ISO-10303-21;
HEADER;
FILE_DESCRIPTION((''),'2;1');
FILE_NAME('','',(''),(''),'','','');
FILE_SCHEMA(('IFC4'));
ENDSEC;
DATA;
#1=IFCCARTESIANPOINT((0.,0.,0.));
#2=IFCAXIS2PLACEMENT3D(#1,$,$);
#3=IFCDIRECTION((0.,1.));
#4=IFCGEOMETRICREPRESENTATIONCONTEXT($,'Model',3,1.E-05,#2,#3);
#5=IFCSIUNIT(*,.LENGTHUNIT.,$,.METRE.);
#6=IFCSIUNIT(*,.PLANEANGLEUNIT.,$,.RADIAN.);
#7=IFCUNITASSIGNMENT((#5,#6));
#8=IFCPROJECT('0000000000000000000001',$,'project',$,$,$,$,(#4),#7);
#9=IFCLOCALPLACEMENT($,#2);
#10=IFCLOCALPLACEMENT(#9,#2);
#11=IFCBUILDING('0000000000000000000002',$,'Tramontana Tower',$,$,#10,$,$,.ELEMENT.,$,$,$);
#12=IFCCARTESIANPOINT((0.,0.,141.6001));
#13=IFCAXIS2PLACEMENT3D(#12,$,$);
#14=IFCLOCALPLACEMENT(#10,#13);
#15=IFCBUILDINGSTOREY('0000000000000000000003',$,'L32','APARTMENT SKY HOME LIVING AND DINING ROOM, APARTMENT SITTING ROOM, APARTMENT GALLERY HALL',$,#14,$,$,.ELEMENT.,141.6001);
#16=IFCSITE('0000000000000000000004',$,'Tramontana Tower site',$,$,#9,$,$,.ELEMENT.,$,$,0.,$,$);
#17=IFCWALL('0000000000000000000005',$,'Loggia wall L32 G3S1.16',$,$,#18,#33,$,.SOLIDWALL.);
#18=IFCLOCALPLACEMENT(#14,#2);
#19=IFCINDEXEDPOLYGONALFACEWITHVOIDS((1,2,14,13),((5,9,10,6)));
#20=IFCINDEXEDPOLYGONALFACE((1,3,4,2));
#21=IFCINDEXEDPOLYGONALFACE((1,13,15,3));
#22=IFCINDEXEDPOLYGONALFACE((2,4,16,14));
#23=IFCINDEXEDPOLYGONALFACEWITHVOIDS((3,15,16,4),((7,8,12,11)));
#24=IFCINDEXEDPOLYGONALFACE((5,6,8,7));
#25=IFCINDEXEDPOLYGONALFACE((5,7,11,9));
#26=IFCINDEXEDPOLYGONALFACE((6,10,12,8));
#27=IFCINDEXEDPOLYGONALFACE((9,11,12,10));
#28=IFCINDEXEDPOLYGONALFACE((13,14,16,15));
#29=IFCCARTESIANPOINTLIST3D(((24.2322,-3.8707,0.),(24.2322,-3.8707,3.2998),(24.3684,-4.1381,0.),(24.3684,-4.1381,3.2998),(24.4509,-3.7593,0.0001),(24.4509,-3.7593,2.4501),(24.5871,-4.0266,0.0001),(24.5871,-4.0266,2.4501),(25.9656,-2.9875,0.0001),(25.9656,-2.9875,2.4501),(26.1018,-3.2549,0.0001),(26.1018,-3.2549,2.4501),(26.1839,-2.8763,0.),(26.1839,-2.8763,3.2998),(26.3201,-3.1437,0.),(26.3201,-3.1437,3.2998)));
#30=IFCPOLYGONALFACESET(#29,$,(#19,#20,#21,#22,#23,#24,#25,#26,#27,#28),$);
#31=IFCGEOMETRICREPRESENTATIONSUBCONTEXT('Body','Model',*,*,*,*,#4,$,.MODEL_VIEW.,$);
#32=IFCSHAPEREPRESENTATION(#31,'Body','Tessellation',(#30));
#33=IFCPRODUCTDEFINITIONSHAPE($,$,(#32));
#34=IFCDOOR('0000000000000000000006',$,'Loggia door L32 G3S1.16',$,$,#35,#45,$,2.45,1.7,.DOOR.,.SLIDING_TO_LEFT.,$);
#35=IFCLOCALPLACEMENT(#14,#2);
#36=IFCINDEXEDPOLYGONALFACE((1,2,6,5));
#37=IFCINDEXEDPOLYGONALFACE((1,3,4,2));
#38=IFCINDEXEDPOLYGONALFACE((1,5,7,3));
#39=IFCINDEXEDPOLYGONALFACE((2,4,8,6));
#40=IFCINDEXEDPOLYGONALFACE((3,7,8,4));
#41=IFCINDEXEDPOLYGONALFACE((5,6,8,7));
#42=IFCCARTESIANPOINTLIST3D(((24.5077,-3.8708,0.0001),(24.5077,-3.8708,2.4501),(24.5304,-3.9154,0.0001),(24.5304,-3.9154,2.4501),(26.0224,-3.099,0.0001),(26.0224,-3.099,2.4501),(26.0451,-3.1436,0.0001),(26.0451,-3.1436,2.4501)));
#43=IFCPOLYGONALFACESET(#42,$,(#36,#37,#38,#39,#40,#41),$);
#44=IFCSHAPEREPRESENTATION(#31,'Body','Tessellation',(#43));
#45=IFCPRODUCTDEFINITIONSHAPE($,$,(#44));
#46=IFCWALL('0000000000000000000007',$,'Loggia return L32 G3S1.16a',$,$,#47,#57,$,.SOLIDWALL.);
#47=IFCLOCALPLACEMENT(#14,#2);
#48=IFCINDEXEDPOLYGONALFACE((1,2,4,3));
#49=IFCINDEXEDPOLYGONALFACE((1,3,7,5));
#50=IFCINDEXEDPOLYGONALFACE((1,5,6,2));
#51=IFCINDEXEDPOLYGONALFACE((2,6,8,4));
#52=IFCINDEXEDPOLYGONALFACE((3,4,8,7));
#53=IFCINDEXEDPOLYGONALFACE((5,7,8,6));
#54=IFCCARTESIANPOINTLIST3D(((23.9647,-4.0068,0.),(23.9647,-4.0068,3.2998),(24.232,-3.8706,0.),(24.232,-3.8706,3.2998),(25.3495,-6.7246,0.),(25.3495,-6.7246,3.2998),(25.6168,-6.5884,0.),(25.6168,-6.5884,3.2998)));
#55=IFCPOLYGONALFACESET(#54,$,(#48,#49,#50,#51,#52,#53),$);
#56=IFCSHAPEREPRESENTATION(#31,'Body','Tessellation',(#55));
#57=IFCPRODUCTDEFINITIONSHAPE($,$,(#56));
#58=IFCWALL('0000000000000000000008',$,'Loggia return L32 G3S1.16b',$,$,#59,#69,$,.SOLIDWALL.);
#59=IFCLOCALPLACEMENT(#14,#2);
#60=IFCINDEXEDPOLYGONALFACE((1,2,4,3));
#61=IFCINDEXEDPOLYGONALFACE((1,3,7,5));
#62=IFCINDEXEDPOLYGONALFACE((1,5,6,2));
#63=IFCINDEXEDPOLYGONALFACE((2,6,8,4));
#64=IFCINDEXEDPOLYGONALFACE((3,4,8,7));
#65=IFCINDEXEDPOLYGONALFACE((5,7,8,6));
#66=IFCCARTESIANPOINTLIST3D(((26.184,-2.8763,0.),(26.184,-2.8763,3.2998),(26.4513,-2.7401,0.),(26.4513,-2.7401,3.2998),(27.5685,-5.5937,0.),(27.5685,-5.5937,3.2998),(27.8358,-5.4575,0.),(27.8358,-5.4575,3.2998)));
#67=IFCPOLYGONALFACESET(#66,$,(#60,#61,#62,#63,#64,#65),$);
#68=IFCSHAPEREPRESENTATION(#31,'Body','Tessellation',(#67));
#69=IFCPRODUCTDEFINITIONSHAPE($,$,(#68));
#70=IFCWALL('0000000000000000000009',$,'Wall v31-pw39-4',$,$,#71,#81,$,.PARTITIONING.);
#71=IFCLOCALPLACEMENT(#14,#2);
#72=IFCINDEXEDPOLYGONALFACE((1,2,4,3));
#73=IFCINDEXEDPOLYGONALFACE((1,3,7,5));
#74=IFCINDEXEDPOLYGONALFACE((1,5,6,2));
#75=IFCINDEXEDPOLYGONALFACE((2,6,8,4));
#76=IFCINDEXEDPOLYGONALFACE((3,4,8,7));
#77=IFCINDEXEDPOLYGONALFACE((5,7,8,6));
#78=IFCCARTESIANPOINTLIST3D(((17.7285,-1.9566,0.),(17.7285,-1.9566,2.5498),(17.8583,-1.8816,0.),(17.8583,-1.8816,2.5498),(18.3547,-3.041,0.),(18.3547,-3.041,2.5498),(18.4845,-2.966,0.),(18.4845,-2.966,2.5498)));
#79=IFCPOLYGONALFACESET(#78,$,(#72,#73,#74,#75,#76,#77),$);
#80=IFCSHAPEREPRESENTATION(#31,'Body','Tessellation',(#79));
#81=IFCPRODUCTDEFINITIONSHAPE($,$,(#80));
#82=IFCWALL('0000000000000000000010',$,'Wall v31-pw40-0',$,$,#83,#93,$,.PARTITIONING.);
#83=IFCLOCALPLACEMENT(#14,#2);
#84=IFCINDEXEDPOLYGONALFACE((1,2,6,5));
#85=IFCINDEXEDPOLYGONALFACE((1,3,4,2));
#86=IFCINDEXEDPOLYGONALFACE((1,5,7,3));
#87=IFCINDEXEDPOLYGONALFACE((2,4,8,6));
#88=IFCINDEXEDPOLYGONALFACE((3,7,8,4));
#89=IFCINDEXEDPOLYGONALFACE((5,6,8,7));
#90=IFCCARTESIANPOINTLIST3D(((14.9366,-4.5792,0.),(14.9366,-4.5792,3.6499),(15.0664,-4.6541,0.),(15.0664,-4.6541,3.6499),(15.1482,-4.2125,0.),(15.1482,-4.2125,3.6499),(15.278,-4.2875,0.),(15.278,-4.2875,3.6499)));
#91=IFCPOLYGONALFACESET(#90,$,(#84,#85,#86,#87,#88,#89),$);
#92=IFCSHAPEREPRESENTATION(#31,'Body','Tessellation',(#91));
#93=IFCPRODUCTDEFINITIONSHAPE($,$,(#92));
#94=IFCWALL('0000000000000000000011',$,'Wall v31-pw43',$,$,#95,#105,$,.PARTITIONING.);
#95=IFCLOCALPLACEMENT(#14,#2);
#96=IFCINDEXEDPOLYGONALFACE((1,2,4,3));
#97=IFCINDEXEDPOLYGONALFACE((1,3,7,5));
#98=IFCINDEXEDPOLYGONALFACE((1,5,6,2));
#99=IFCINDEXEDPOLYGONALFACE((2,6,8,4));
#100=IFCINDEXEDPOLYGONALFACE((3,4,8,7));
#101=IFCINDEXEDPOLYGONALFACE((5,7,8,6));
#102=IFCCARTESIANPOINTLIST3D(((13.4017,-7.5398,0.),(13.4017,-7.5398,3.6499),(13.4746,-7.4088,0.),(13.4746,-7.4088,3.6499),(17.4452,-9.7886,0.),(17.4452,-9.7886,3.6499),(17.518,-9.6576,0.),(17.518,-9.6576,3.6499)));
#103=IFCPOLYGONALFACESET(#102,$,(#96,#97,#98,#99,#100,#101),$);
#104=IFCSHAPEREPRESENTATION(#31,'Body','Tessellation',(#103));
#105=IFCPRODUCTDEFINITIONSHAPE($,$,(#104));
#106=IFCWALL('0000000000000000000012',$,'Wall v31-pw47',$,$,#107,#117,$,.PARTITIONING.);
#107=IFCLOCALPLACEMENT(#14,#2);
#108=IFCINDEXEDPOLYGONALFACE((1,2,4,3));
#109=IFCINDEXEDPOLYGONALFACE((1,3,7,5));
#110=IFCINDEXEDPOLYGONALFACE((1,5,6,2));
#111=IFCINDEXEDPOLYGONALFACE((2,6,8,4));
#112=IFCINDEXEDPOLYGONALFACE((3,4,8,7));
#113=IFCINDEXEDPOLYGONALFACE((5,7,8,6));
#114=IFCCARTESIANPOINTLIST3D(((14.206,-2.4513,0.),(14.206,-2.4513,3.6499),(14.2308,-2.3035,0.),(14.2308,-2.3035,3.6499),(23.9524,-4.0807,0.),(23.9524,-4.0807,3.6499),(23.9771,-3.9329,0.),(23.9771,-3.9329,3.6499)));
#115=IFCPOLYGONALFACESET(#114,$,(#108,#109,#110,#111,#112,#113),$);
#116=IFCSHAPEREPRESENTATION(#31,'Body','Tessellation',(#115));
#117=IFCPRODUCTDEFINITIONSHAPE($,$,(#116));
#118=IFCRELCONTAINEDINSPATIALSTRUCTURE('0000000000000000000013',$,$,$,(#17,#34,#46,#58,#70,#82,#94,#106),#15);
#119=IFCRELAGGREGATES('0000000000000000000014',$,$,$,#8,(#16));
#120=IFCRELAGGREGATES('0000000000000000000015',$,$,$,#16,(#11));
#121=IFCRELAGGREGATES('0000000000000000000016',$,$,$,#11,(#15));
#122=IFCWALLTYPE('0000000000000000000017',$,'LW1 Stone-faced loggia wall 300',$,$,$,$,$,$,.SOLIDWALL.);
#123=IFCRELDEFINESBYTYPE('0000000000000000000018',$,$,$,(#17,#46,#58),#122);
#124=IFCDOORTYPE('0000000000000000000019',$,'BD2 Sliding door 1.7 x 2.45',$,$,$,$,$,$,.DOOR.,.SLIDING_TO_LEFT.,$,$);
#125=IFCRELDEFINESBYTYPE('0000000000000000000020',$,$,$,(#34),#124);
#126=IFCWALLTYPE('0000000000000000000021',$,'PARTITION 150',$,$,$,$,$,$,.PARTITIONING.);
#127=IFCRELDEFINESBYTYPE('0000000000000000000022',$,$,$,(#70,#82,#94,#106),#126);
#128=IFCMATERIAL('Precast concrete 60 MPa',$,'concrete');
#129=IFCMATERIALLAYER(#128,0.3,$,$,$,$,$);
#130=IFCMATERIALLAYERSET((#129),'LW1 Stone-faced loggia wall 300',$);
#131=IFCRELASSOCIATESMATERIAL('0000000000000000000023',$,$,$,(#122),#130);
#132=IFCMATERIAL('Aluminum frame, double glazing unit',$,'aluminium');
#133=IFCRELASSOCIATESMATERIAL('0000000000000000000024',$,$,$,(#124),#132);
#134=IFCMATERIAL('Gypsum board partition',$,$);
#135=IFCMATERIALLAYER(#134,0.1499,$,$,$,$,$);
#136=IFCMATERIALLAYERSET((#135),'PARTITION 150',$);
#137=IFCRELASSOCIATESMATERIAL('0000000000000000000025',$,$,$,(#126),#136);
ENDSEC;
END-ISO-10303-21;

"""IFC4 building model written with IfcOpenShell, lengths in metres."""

from ifc_helpers import new_model, si_unit, direction, frame, frame_2d, origin, place, context, subcontext, project, spatial, rectangle, extrude, material, layer, layer_set, type_object, element, fill, save


model = new_model("IFC4")

# Units and contexts
model_context = context("Model", 3, precision=1e-05, world=origin(), true_north=direction((0.0, 1.0)))
body_context = subcontext(model_context, "Body", "Model", "MODEL_VIEW")
ifc_project = project(units=[si_unit("LENGTHUNIT", "METRE"), si_unit("PLANEANGLEUNIT", "RADIAN")], contexts=[model_context])

# Site, building, storey
site_placement = place(None, origin())
site = spatial("IfcSite", under=ifc_project, at=site_placement, Name="Tramontana Tower site", CompositionType="ELEMENT", RefElevation=0.0)
building_placement = place(site_placement, origin())
building = spatial("IfcBuilding", under=site, at=building_placement, Name="Tramontana Tower", CompositionType="ELEMENT")
storey_placement = place(building_placement, frame((0.0, 0.0, 141.6001)))
storey = spatial("IfcBuildingStorey", under=building, at=storey_placement, Name="L32", Description="APARTMENT SKY HOME LIVING AND DINING ROOM, APARTMENT SITTING ROOM, APARTMENT GALLERY HALL", CompositionType="ELEMENT", Elevation=141.6001)

# Wall, opening, door
ifc_material_1 = material(Name="Precast concrete 60 MPa", Category="concrete")
ifc_layer_1 = layer(ifc_material_1, 0.3)
ifc_layer_set_1 = layer_set([ifc_layer_1], Name="LW1 Stone-faced loggia wall 300")
wall_type_1 = type_object("IfcWallType", Name="LW1 Stone-faced loggia wall 300", PredefinedType="SOLIDWALL", material=ifc_layer_set_1)
wall_1_placement = place(storey_placement, frame((24.3003, -4.0044, 0.0), z_axis=(0.0, 0.0, 1.0), x_axis=(0.891013, 0.453978, 0.0)))
wall_1 = element("IfcWall", 1, at=wall_1_placement, inside=storey, type_object=wall_type_1, Name="Loggia wall L32 G3S1.16", PredefinedType="SOLIDWALL", context=body_context, shape_type="SweptSolid", body=[
    extrude(rectangle(XDim=2.1904, YDim=0.3, at=frame_2d((1.0952, 0.0))), origin(), (0.0, 0.0, 1.0), 3.2998),
])
opening_1_placement = place(wall_1_placement, frame((0.2454, 0.0, 0.0)))
opening_1 = element("IfcOpeningElement", 2, at=opening_1_placement, cuts=wall_1, PredefinedType="OPENING", context=body_context, shape_type="SweptSolid", body=[
    extrude(rectangle(XDim=1.7, YDim=2.45, at=frame_2d((0.8501, 1.2251))), frame((0.0, 0.1599, 0.0), z_axis=(0.0, -1.0, 0.0), x_axis=(1.0, 0.0, 0.0)), (0.0, 0.0, 1.0), 0.3201),
])
ifc_material_2 = material(Name="Aluminum frame, double glazing unit", Category="aluminium")
door_type_1 = type_object("IfcDoorType", Name="BD2 Sliding door 1.7 x 2.45", OperationType="SLIDING_TO_LEFT", PredefinedType="DOOR", material=ifc_material_2)
door_1_placement = place(opening_1_placement, origin())
door_1 = element("IfcDoor", 3, at=door_1_placement, inside=storey, type_object=door_type_1, Name="Loggia door L32 G3S1.16", OperationType="SLIDING_TO_LEFT", OverallHeight=2.45, OverallWidth=1.7, PredefinedType="DOOR", context=body_context, shape_type="SweptSolid", body=[
    extrude(rectangle(XDim=1.7, YDim=2.45, at=frame_2d((0.8501, 1.2251))), frame((0.0, 0.0249, 0.0), z_axis=(0.0, -1.0, 0.0), x_axis=(1.0, 0.0, 0.0)), (0.0, 0.0, 1.0), 0.05),
])
fill(opening_1, door_1)

# Walls
wall_2_placement = place(storey_placement, frame((25.4832, -6.6565, 0.0), z_axis=(0.0, 0.0, 1.0), x_axis=(-0.453988, 0.891008, 0.0)))
element("IfcWall", 4, at=wall_2_placement, inside=storey, type_object=wall_type_1, Name="Loggia return L32 G3S1.16a", PredefinedType="SOLIDWALL", context=body_context, shape_type="SweptSolid", body=[
    extrude(rectangle(XDim=3.0503, YDim=0.3, at=frame_2d((1.5251, 0.0))), origin(), (0.0, 0.0, 1.0), 3.2998),
])
wall_3_placement = place(storey_placement, frame((27.7021, -5.5256, 0.0), z_axis=(0.0, 0.0, 1.0), x_axis=(-0.453957, 0.891024, 0.0)))
element("IfcWall", 5, at=wall_3_placement, inside=storey, type_object=wall_type_1, Name="Loggia return L32 G3S1.16b", PredefinedType="SOLIDWALL", context=body_context, shape_type="SweptSolid", body=[
    extrude(rectangle(XDim=3.0498, YDim=0.3, at=frame_2d((1.5249, 0.0))), origin(), (0.0, 0.0, 1.0), 3.2998),
])
ifc_material_3 = material(Name="Gypsum board partition")
ifc_layer_2 = layer(ifc_material_3, 0.1499)
ifc_layer_set_2 = layer_set([ifc_layer_2], Name="PARTITION 150")
wall_type_2 = type_object("IfcWallType", Name="PARTITION 150", PredefinedType="PARTITIONING", material=ifc_layer_set_2)
wall_4_placement = place(storey_placement, frame((17.7935, -1.9192, 0.0), z_axis=(0.0, 0.0, 1.0), x_axis=(0.50006, -0.865991, 0.0)))
element("IfcWall", 6, at=wall_4_placement, inside=storey, type_object=wall_type_2, Name="Wall v31-pw39-4", PredefinedType="PARTITIONING", context=body_context, shape_type="SweptSolid", body=[
    extrude(rectangle(XDim=1.2522, YDim=0.1499, at=frame_2d((0.626, 0.0))), origin(), (0.0, 0.0, 1.0), 2.5498),
])
wall_5_placement = place(storey_placement, frame((15.2131, -4.25, 0.0), z_axis=(0.0, 0.0, 1.0), x_axis=(-0.499922, -0.86607, 0.0)))
element("IfcWall", 7, at=wall_5_placement, inside=storey, type_object=wall_type_2, Name="Wall v31-pw40-0", PredefinedType="PARTITIONING", context=body_context, shape_type="SweptSolid", body=[
    extrude(rectangle(XDim=0.4233, YDim=0.1499, at=frame_2d((0.2117, 0.0))), origin(), (0.0, 0.0, 1.0), 3.6499),
])

# Walls
wall_6_placement = place(storey_placement, frame((17.4817, -9.7231, 0.0), z_axis=(0.0, 0.0, 1.0), x_axis=(-0.873936, 0.486042, 0.0)))
element("IfcWall", 8, at=wall_6_placement, inside=storey, type_object=wall_type_2, Name="Wall v31-pw43", PredefinedType="PARTITIONING", context=body_context, shape_type="SweptSolid", body=[
    extrude(rectangle(XDim=4.6267, YDim=0.1499, at=frame_2d((2.3135, 0.0))), origin(), (0.0, 0.0, 1.0), 3.6499),
])
wall_7_placement = place(storey_placement, frame((23.9648, -4.0068, 0.0), z_axis=(0.0, 0.0, 1.0), x_axis=(-0.986312, 0.164892, 0.0)))
element("IfcWall", 9, at=wall_7_placement, inside=storey, type_object=wall_type_2, Name="Wall v31-pw47", PredefinedType="PARTITIONING", context=body_context, shape_type="SweptSolid", body=[
    extrude(rectangle(XDim=9.8816, YDim=0.1499, at=frame_2d((4.9409, 0.0))), origin(), (0.0, 0.0, 1.0), 3.6499),
])

save(model, "model.ifc")
